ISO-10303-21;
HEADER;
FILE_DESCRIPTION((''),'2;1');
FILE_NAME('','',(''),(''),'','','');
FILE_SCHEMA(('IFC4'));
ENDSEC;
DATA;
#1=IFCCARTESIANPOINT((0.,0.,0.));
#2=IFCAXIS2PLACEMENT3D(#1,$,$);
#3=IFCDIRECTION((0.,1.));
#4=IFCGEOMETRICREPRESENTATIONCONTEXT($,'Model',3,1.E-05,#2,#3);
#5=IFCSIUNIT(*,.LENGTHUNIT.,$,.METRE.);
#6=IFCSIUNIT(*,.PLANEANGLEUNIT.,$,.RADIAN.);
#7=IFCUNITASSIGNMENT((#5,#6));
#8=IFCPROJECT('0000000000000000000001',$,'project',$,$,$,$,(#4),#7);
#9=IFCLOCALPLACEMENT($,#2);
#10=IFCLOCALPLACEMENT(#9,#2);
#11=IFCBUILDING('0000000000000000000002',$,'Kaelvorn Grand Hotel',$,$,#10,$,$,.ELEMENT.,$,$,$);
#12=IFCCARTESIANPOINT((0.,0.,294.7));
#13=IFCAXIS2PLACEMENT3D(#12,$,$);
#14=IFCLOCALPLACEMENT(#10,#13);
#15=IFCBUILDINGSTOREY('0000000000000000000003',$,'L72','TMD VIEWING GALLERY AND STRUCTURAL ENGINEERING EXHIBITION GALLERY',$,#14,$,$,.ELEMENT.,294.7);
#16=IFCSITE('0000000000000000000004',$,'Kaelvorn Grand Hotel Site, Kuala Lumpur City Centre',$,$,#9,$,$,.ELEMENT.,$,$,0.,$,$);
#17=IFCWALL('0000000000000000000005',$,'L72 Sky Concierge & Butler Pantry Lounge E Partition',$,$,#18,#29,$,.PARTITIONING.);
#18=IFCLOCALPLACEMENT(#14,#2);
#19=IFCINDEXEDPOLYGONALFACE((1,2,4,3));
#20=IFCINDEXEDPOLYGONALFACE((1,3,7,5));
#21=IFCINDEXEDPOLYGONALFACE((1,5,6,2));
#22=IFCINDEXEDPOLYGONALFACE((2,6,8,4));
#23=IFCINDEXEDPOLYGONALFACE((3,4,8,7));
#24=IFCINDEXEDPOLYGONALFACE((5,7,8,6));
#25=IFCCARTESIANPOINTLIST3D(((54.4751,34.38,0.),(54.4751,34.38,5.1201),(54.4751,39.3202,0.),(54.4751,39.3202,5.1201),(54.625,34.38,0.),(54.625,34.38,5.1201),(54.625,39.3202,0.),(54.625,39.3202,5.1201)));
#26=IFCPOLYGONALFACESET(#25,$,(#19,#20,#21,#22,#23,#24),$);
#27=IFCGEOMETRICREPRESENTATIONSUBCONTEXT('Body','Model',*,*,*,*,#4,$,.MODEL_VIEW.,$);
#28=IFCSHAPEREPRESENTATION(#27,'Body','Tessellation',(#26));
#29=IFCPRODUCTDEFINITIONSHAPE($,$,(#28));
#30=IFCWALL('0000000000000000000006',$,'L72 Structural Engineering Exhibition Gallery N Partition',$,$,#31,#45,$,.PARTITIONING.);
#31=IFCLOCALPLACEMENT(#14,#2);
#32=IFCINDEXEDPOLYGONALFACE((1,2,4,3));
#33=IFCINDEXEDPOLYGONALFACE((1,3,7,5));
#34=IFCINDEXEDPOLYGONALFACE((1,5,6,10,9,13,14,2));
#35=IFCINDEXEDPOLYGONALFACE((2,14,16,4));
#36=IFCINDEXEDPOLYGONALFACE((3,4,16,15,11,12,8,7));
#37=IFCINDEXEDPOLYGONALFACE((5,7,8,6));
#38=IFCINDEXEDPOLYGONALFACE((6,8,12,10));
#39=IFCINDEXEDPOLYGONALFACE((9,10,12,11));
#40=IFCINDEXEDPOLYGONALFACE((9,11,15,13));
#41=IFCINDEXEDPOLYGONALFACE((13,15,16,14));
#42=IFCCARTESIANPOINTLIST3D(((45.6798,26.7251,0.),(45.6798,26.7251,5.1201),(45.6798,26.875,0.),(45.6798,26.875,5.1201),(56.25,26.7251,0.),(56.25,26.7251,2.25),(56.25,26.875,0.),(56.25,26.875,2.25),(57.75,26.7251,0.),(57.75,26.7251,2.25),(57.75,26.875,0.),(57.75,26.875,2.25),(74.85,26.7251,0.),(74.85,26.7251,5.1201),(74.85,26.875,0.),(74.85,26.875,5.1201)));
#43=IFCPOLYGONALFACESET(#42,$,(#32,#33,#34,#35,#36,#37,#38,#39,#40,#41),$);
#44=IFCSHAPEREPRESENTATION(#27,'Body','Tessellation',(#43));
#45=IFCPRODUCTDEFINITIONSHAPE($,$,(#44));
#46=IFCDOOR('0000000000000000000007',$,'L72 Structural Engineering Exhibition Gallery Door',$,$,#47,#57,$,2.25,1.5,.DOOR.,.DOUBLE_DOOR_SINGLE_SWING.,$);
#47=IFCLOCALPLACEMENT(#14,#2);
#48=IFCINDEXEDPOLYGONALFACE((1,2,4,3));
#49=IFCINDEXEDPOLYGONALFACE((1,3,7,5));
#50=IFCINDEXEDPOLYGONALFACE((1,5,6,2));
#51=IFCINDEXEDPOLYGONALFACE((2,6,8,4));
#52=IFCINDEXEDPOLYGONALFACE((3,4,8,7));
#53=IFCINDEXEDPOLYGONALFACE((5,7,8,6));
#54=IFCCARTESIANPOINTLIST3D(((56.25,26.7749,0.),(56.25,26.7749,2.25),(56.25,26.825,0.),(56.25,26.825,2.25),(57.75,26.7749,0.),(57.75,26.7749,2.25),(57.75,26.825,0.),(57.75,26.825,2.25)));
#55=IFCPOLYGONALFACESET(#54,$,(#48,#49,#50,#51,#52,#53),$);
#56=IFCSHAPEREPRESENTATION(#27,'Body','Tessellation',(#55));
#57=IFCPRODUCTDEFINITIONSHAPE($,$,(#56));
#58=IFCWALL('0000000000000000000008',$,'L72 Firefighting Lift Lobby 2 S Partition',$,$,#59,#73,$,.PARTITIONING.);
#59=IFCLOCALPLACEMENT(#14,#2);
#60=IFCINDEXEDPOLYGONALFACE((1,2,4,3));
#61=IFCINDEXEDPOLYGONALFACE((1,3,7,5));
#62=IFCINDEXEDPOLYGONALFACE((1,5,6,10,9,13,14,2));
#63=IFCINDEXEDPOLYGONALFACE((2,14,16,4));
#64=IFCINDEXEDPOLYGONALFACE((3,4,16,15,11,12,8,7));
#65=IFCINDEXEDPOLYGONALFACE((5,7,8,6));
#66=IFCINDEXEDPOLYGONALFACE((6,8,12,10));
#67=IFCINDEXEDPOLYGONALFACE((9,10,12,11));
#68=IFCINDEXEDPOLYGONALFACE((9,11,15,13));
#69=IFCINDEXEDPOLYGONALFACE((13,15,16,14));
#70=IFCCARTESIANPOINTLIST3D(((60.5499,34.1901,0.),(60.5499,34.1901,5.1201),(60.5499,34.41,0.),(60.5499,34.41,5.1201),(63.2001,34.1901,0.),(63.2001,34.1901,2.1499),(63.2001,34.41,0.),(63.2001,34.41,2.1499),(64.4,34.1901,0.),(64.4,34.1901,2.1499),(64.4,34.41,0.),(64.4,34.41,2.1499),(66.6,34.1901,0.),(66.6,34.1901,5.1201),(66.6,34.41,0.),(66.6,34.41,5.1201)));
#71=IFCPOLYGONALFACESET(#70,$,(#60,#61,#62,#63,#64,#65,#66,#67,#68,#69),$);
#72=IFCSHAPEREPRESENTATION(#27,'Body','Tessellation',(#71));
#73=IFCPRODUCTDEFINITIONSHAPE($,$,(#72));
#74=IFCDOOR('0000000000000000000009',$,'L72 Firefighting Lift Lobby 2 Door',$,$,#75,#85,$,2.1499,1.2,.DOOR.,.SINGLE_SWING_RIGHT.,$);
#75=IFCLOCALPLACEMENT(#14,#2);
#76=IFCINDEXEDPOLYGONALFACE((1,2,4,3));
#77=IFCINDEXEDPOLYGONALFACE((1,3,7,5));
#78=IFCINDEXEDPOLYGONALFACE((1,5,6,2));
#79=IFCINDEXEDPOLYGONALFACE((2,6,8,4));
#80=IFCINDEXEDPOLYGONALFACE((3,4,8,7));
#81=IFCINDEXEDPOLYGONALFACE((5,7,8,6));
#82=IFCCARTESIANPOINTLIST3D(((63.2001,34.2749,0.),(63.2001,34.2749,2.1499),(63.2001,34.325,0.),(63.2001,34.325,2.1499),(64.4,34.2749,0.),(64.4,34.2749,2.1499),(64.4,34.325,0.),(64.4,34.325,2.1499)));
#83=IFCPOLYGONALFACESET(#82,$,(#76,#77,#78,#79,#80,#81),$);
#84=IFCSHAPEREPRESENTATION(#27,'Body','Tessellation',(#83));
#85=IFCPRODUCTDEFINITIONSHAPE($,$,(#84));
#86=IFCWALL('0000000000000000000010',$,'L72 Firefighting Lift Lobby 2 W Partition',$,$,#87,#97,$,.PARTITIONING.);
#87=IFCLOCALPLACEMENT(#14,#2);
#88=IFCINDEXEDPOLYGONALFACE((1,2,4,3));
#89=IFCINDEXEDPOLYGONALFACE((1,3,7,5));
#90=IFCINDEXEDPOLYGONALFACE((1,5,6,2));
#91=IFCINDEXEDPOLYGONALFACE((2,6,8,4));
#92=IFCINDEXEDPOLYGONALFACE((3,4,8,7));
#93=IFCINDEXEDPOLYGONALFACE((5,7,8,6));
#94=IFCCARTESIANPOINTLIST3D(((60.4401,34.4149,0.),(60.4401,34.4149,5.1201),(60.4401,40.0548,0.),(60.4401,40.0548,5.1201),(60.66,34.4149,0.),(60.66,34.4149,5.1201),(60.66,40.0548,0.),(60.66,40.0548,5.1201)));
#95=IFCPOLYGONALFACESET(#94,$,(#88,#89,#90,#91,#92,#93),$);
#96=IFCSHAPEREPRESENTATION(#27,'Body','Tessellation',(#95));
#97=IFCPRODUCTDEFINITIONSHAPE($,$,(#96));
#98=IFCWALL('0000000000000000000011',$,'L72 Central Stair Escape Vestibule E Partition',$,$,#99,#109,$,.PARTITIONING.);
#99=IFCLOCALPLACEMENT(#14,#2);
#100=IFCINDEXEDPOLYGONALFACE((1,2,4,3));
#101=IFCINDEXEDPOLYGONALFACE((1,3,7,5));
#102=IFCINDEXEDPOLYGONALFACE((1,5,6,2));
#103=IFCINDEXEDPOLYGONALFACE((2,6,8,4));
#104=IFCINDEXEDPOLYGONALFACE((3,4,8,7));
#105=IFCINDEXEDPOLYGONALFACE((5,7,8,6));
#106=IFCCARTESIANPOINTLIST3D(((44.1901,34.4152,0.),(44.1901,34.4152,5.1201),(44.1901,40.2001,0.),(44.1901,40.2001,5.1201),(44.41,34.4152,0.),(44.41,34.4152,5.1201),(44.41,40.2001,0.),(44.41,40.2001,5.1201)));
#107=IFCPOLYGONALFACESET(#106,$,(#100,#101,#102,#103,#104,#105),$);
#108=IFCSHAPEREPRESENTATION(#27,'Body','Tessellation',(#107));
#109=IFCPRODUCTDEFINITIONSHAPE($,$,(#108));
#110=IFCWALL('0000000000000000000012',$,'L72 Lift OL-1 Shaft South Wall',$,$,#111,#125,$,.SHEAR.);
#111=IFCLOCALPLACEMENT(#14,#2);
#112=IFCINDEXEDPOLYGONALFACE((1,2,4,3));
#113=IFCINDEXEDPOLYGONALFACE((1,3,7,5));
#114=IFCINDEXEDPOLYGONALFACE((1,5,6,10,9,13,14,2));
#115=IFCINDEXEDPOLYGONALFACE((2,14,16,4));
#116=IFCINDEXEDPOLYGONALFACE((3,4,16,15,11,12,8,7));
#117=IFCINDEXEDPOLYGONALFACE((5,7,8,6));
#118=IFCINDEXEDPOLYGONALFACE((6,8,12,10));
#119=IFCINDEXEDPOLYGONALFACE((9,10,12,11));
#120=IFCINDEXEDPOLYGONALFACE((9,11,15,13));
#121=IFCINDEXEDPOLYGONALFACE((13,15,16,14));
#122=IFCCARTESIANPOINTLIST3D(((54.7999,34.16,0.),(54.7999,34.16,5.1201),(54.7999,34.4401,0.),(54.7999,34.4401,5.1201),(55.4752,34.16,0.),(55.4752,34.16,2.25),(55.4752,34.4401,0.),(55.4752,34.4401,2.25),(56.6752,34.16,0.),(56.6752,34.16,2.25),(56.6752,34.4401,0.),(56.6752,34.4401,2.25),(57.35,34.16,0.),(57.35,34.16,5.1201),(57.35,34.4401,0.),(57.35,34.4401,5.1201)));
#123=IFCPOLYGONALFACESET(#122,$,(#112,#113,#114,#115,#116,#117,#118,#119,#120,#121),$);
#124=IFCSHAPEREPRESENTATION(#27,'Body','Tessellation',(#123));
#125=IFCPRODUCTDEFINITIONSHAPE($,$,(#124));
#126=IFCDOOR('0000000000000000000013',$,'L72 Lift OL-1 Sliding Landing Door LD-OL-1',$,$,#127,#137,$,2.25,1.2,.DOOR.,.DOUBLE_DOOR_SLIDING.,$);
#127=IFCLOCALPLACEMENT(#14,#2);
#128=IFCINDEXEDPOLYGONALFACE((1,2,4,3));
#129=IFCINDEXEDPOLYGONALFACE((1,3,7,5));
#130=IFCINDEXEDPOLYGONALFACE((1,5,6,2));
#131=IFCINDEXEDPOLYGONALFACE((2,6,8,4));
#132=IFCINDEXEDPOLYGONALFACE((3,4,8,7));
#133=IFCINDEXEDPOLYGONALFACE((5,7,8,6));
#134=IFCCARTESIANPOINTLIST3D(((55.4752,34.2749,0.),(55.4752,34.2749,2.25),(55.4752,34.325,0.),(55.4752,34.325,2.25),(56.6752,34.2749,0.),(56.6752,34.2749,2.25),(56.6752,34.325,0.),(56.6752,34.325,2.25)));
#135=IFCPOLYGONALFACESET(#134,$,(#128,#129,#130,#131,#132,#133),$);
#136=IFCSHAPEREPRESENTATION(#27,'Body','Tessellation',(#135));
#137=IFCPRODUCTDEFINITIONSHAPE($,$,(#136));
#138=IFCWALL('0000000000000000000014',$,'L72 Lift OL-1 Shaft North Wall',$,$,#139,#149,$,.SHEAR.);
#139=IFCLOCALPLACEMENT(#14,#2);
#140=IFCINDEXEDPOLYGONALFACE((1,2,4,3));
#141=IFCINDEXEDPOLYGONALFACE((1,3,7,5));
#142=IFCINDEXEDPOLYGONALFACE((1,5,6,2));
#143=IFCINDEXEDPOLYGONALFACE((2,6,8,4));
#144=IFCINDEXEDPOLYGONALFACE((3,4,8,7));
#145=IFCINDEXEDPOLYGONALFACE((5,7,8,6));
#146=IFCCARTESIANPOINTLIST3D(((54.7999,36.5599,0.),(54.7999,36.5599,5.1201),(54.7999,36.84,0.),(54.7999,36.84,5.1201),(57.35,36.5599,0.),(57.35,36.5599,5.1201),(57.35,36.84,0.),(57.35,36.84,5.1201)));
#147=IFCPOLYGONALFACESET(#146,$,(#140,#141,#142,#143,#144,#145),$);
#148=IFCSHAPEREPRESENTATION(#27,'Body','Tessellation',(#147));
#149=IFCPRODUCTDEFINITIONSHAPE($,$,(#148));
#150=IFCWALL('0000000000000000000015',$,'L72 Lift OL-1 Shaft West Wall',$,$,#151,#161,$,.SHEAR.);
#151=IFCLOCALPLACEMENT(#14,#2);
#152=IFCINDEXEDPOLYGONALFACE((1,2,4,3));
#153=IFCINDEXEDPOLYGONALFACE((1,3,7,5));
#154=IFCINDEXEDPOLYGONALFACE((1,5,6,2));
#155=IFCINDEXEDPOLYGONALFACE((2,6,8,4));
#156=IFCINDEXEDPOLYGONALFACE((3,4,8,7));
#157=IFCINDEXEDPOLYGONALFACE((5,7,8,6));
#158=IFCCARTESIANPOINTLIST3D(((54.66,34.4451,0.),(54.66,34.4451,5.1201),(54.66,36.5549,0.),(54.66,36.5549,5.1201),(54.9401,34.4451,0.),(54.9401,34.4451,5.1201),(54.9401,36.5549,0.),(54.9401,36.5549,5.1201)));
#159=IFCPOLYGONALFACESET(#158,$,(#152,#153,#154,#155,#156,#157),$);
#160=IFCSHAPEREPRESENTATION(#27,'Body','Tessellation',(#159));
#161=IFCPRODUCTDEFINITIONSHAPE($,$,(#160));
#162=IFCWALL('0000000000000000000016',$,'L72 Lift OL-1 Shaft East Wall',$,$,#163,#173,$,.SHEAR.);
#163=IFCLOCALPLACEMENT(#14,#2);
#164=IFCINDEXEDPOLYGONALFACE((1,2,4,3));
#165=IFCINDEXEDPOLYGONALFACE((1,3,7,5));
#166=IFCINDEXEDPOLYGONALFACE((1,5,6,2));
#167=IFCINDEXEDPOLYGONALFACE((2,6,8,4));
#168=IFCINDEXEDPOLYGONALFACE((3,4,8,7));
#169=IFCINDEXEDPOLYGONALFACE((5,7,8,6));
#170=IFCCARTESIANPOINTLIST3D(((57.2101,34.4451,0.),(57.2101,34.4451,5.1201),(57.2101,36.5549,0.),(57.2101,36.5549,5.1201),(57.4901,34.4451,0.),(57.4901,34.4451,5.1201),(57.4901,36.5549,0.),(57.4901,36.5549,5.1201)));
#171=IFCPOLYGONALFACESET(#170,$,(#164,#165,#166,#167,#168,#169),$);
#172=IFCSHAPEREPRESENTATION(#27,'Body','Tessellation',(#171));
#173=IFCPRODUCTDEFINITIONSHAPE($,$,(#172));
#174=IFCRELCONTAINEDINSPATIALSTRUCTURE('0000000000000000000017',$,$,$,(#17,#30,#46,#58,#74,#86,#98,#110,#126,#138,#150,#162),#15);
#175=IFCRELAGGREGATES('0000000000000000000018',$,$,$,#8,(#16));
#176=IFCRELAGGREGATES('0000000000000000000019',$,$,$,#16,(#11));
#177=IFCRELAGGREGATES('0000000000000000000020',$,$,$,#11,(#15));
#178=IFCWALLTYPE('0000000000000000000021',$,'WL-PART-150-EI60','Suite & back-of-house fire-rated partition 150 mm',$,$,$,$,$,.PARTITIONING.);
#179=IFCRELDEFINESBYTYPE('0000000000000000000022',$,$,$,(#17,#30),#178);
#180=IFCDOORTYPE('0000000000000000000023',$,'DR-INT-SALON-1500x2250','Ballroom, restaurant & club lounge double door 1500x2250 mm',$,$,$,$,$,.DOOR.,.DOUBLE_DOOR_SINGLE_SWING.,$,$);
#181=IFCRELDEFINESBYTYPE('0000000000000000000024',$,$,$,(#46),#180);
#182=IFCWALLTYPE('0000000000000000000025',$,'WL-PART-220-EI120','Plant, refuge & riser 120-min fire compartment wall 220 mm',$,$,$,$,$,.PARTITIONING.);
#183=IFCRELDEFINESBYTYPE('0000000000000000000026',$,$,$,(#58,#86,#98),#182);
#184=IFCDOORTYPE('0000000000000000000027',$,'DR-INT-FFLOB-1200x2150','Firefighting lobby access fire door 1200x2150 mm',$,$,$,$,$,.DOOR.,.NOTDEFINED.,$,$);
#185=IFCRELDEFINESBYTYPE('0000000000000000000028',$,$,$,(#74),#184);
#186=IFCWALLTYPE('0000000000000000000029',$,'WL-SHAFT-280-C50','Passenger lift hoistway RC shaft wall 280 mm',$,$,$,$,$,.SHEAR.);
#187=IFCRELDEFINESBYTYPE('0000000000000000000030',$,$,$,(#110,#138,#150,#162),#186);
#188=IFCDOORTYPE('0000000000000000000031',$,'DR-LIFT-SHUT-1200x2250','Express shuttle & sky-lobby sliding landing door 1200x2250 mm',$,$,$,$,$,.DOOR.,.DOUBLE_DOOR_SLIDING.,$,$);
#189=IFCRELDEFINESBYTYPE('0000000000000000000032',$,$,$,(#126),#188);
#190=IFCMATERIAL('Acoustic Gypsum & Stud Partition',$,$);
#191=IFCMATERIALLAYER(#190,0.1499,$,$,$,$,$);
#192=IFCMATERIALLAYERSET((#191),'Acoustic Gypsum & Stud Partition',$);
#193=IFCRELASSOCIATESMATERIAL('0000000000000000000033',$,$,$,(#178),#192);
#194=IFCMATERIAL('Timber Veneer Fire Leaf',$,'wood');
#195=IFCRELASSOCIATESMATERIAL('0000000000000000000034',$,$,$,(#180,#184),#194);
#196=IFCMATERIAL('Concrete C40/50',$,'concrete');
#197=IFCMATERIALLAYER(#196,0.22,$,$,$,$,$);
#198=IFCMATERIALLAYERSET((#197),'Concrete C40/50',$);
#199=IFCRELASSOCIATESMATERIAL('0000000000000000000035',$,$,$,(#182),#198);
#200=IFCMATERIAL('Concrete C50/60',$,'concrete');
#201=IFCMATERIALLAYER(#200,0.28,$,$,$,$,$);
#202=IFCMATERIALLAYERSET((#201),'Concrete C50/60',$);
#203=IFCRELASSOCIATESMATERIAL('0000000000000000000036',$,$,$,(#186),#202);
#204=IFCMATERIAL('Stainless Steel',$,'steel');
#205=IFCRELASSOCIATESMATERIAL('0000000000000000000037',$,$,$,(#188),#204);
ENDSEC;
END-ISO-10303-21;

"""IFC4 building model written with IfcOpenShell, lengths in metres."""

from ifc_helpers import new_model, si_unit, direction, frame, frame_2d, origin, place, context, subcontext, project, spatial, rectangle, extrude, material, layer, layer_set, type_object, element, fill, save


model = new_model("IFC4")

# Units and contexts
model_context = context("Model", 3, precision=1e-05, world=origin(), true_north=direction((0.0, 1.0)))
body_context = subcontext(model_context, "Body", "Model", "MODEL_VIEW")
ifc_project = project(units=[si_unit("LENGTHUNIT", "METRE"), si_unit("PLANEANGLEUNIT", "RADIAN")], contexts=[model_context])

# Site, building, storey
site_placement = place(None, origin())
site = spatial("IfcSite", under=ifc_project, at=site_placement, Name="Kaelvorn Grand Hotel Site, Kuala Lumpur City Centre", CompositionType="ELEMENT", RefElevation=0.0)
building_placement = place(site_placement, origin())
building = spatial("IfcBuilding", under=site, at=building_placement, Name="Kaelvorn Grand Hotel", CompositionType="ELEMENT")
storey_placement = place(building_placement, frame((0.0, 0.0, 294.7)))
storey = spatial("IfcBuildingStorey", under=building, at=storey_placement, Name="L72", Description="TMD VIEWING GALLERY AND STRUCTURAL ENGINEERING EXHIBITION GALLERY", CompositionType="ELEMENT", Elevation=294.7)

# Shared definitions
ifc_material_1 = material(Name="Concrete C50/60", Category="concrete")

# Shared definitions
ifc_material_2 = material(Name="Acoustic Gypsum & Stud Partition")
ifc_layer_1 = layer(ifc_material_2, 0.1499)
ifc_layer_set_1 = layer_set([ifc_layer_1], Name="Acoustic Gypsum & Stud Partition")
wall_type_1 = type_object("IfcWallType", Name="WL-PART-150-EI60", Description="Suite & back-of-house fire-rated partition 150 mm", PredefinedType="PARTITIONING", material=ifc_layer_set_1)
ifc_material_3 = material(Name="Timber Veneer Fire Leaf", Category="wood")

# Wall
for number, where, z_axis, x_axis, name in (
    (1, (54.55, 34.3799, 0.0), (0.0, 0.0, 1.0), (0.0, 1.0, 0.0), "L72 Sky Concierge & Butler Pantry Lounge E Partition"),
):
    element("IfcWall", number, at=place(storey_placement, frame(where, z_axis=z_axis, x_axis=x_axis)), inside=storey, type_object=wall_type_1, Name=name, PredefinedType="PARTITIONING", context=body_context, shape_type="SweptSolid", body=[
        extrude(rectangle(XDim=4.9402, YDim=0.1499, at=frame_2d((2.4702, 0.0))), origin(), (0.0, 0.0, 1.0), 5.1201),
    ])

# Walls, openings, doors
wall_1_placement = place(storey_placement, frame((45.6799, 26.8, 0.0), z_axis=(0.0, 0.0, 1.0), x_axis=(1.0, 0.0, 0.0)))
wall_1 = element("IfcWall", 2, at=wall_1_placement, inside=storey, type_object=wall_type_1, Name="L72 Structural Engineering Exhibition Gallery N Partition", PredefinedType="PARTITIONING", context=body_context, shape_type="SweptSolid", body=[
    extrude(rectangle(XDim=29.1702, YDim=0.1499, at=frame_2d((14.585, 0.0))), origin(), (0.0, 0.0, 1.0), 5.1201),
])
opening_1_placement = place(wall_1_placement, frame((10.5701, 0.0, 0.0)))
opening_1 = element("IfcOpeningElement", 3, at=opening_1_placement, cuts=wall_1, PredefinedType="OPENING", context=body_context, shape_type="SweptSolid", body=[
    extrude(rectangle(XDim=1.5, YDim=2.25, at=frame_2d((0.75, 1.125))), frame((0.0, 0.085, 0.0), z_axis=(0.0, -1.0, 0.0), x_axis=(1.0, 0.0, 0.0)), (0.0, 0.0, 1.0), 0.1699),
])
door_type_1 = type_object("IfcDoorType", Name="DR-INT-SALON-1500x2250", Description="Ballroom, restaurant & club lounge double door 1500x2250 mm", OperationType="DOUBLE_DOOR_SINGLE_SWING", PredefinedType="DOOR", material=ifc_material_3)
door_1_placement = place(opening_1_placement, origin())
door_1 = element("IfcDoor", 4, at=door_1_placement, inside=storey, type_object=door_type_1, Name="L72 Structural Engineering Exhibition Gallery Door", OperationType="DOUBLE_DOOR_SINGLE_SWING", OverallHeight=2.25, OverallWidth=1.5, PredefinedType="DOOR", context=body_context, shape_type="SweptSolid", body=[
    extrude(rectangle(XDim=1.5, YDim=2.25, at=frame_2d((0.75, 1.125))), frame((0.0, 0.0249, 0.0), z_axis=(0.0, -1.0, 0.0), x_axis=(1.0, 0.0, 0.0)), (0.0, 0.0, 1.0), 0.05),
])
fill(opening_1, door_1)
ifc_material_4 = material(Name="Concrete C40/50", Category="concrete")
ifc_layer_2 = layer(ifc_material_4, 0.22)
ifc_layer_set_2 = layer_set([ifc_layer_2], Name="Concrete C40/50")
wall_type_2 = type_object("IfcWallType", Name="WL-PART-220-EI120", Description="Plant, refuge & riser 120-min fire compartment wall 220 mm", PredefinedType="PARTITIONING", material=ifc_layer_set_2)
wall_2_placement = place(storey_placement, frame((60.55, 34.3, 0.0), z_axis=(0.0, 0.0, 1.0), x_axis=(1.0, 0.0, 0.0)))
wall_2 = element("IfcWall", 5, at=wall_2_placement, inside=storey, type_object=wall_type_2, Name="L72 Firefighting Lift Lobby 2 S Partition", PredefinedType="PARTITIONING", context=body_context, shape_type="SweptSolid", body=[
    extrude(rectangle(XDim=6.05, YDim=0.22, at=frame_2d((3.0249, 0.0))), origin(), (0.0, 0.0, 1.0), 5.1201),
])
opening_2_placement = place(wall_2_placement, frame((2.6499, 0.0, 0.0)))
opening_2 = element("IfcOpeningElement", 6, at=opening_2_placement, cuts=wall_2, PredefinedType="OPENING", context=body_context, shape_type="SweptSolid", body=[
    extrude(rectangle(XDim=1.2, YDim=2.1499, at=frame_2d((0.6001, 1.075))), frame((0.0, 0.1201, 0.0), z_axis=(0.0, -1.0, 0.0), x_axis=(1.0, 0.0, 0.0)), (0.0, 0.0, 1.0), 0.24),
])
door_type_2 = type_object("IfcDoorType", Name="DR-INT-FFLOB-1200x2150", Description="Firefighting lobby access fire door 1200x2150 mm", OperationType="NOTDEFINED", PredefinedType="DOOR", material=ifc_material_3)
door_2_placement = place(opening_2_placement, origin())
door_2 = element("IfcDoor", 7, at=door_2_placement, inside=storey, type_object=door_type_2, Name="L72 Firefighting Lift Lobby 2 Door", OperationType="SINGLE_SWING_RIGHT", OverallHeight=2.1499, OverallWidth=1.2, PredefinedType="DOOR", context=body_context, shape_type="SweptSolid", body=[
    extrude(rectangle(XDim=1.2, YDim=2.1499, at=frame_2d((0.6001, 1.075))), frame((0.0, 0.0249, 0.0), z_axis=(0.0, -1.0, 0.0), x_axis=(1.0, 0.0, 0.0)), (0.0, 0.0, 1.0), 0.05),
])
fill(opening_2, door_2)

# Walls
wall_3_placement = place(storey_placement, frame((60.55, 34.415, 0.0), z_axis=(0.0, 0.0, 1.0), x_axis=(0.0, 1.0, 0.0)))
element("IfcWall", 8, at=wall_3_placement, inside=storey, type_object=wall_type_2, Name="L72 Firefighting Lift Lobby 2 W Partition", PredefinedType="PARTITIONING", context=body_context, shape_type="SweptSolid", body=[
    extrude(rectangle(XDim=5.6399, YDim=0.22, at=frame_2d((2.8198, 0.0))), origin(), (0.0, 0.0, 1.0), 5.1201),
])
wall_4_placement = place(storey_placement, frame((44.3, 34.415, 0.0), z_axis=(0.0, 0.0, 1.0), x_axis=(0.0, 1.0, 0.0)))
element("IfcWall", 9, at=wall_4_placement, inside=storey, type_object=wall_type_2, Name="L72 Central Stair Escape Vestibule E Partition", PredefinedType="PARTITIONING", context=body_context, shape_type="SweptSolid", body=[
    extrude(rectangle(XDim=5.7849, YDim=0.22, at=frame_2d((2.8926, 0.0))), origin(), (0.0, 0.0, 1.0), 5.1201),
])

# Wall, opening, door
ifc_layer_3 = layer(ifc_material_1, 0.28)
ifc_layer_set_3 = layer_set([ifc_layer_3], Name="Concrete C50/60")
wall_type_3 = type_object("IfcWallType", Name="WL-SHAFT-280-C50", Description="Passenger lift hoistway RC shaft wall 280 mm", PredefinedType="SHEAR", material=ifc_layer_set_3)
wall_5_placement = place(storey_placement, frame((54.8, 34.3, 0.0), z_axis=(0.0, 0.0, 1.0), x_axis=(1.0, 0.0, 0.0)))
wall_5 = element("IfcWall", 10, at=wall_5_placement, inside=storey, type_object=wall_type_3, Name="L72 Lift OL-1 Shaft South Wall", PredefinedType="SHEAR", context=body_context, shape_type="SweptSolid", body=[
    extrude(rectangle(XDim=2.55, YDim=0.28, at=frame_2d((1.2749, 0.0))), origin(), (0.0, 0.0, 1.0), 5.1201),
])
opening_3_placement = place(wall_5_placement, frame((0.675, 0.0, 0.0)))
opening_3 = element("IfcOpeningElement", 11, at=opening_3_placement, cuts=wall_5, PredefinedType="OPENING", context=body_context, shape_type="SweptSolid", body=[
    extrude(rectangle(XDim=1.2, YDim=2.25, at=frame_2d((0.6001, 1.125))), frame((0.0, 0.1499, 0.0), z_axis=(0.0, -1.0, 0.0), x_axis=(1.0, 0.0, 0.0)), (0.0, 0.0, 1.0), 0.3),
])
ifc_material_5 = material(Name="Stainless Steel", Category="steel")
door_type_3 = type_object("IfcDoorType", Name="DR-LIFT-SHUT-1200x2250", Description="Express shuttle & sky-lobby sliding landing door 1200x2250 mm", OperationType="DOUBLE_DOOR_SLIDING", PredefinedType="DOOR", material=ifc_material_5)
door_3_placement = place(opening_3_placement, origin())
door_3 = element("IfcDoor", 12, at=door_3_placement, inside=storey, type_object=door_type_3, Name="L72 Lift OL-1 Sliding Landing Door LD-OL-1", OperationType="DOUBLE_DOOR_SLIDING", OverallHeight=2.25, OverallWidth=1.2, PredefinedType="DOOR", context=body_context, shape_type="SweptSolid", body=[
    extrude(rectangle(XDim=1.2, YDim=2.25, at=frame_2d((0.6001, 1.125))), frame((0.0, 0.0249, 0.0), z_axis=(0.0, -1.0, 0.0), x_axis=(1.0, 0.0, 0.0)), (0.0, 0.0, 1.0), 0.05),
])
fill(opening_3, door_3)

# Walls
wall_6_placement = place(storey_placement, frame((54.8, 36.7, 0.0), z_axis=(0.0, 0.0, 1.0), x_axis=(1.0, 0.0, 0.0)))
element("IfcWall", 13, at=wall_6_placement, inside=storey, type_object=wall_type_3, Name="L72 Lift OL-1 Shaft North Wall", PredefinedType="SHEAR", context=body_context, shape_type="SweptSolid", body=[
    extrude(rectangle(XDim=2.55, YDim=0.28, at=frame_2d((1.2749, 0.0))), origin(), (0.0, 0.0, 1.0), 5.1201),
])
for number, where, z_axis, x_axis, name in (
    (14, (54.8, 34.4451, 0.0), (0.0, 0.0, 1.0), (0.0, 1.0, 0.0), "L72 Lift OL-1 Shaft West Wall"),
    (15, (57.3501, 34.4451, 0.0), (0.0, 0.0, 1.0), (0.0, 1.0, 0.0), "L72 Lift OL-1 Shaft East Wall"),
):
    element("IfcWall", number, at=place(storey_placement, frame(where, z_axis=z_axis, x_axis=x_axis)), inside=storey, type_object=wall_type_3, Name=name, PredefinedType="SHEAR", context=body_context, shape_type="SweptSolid", body=[
        extrude(rectangle(XDim=2.1099, YDim=0.28, at=frame_2d((1.0549, 0.0))), origin(), (0.0, 0.0, 1.0), 5.1201),
    ])

save(model, "model.ifc")
